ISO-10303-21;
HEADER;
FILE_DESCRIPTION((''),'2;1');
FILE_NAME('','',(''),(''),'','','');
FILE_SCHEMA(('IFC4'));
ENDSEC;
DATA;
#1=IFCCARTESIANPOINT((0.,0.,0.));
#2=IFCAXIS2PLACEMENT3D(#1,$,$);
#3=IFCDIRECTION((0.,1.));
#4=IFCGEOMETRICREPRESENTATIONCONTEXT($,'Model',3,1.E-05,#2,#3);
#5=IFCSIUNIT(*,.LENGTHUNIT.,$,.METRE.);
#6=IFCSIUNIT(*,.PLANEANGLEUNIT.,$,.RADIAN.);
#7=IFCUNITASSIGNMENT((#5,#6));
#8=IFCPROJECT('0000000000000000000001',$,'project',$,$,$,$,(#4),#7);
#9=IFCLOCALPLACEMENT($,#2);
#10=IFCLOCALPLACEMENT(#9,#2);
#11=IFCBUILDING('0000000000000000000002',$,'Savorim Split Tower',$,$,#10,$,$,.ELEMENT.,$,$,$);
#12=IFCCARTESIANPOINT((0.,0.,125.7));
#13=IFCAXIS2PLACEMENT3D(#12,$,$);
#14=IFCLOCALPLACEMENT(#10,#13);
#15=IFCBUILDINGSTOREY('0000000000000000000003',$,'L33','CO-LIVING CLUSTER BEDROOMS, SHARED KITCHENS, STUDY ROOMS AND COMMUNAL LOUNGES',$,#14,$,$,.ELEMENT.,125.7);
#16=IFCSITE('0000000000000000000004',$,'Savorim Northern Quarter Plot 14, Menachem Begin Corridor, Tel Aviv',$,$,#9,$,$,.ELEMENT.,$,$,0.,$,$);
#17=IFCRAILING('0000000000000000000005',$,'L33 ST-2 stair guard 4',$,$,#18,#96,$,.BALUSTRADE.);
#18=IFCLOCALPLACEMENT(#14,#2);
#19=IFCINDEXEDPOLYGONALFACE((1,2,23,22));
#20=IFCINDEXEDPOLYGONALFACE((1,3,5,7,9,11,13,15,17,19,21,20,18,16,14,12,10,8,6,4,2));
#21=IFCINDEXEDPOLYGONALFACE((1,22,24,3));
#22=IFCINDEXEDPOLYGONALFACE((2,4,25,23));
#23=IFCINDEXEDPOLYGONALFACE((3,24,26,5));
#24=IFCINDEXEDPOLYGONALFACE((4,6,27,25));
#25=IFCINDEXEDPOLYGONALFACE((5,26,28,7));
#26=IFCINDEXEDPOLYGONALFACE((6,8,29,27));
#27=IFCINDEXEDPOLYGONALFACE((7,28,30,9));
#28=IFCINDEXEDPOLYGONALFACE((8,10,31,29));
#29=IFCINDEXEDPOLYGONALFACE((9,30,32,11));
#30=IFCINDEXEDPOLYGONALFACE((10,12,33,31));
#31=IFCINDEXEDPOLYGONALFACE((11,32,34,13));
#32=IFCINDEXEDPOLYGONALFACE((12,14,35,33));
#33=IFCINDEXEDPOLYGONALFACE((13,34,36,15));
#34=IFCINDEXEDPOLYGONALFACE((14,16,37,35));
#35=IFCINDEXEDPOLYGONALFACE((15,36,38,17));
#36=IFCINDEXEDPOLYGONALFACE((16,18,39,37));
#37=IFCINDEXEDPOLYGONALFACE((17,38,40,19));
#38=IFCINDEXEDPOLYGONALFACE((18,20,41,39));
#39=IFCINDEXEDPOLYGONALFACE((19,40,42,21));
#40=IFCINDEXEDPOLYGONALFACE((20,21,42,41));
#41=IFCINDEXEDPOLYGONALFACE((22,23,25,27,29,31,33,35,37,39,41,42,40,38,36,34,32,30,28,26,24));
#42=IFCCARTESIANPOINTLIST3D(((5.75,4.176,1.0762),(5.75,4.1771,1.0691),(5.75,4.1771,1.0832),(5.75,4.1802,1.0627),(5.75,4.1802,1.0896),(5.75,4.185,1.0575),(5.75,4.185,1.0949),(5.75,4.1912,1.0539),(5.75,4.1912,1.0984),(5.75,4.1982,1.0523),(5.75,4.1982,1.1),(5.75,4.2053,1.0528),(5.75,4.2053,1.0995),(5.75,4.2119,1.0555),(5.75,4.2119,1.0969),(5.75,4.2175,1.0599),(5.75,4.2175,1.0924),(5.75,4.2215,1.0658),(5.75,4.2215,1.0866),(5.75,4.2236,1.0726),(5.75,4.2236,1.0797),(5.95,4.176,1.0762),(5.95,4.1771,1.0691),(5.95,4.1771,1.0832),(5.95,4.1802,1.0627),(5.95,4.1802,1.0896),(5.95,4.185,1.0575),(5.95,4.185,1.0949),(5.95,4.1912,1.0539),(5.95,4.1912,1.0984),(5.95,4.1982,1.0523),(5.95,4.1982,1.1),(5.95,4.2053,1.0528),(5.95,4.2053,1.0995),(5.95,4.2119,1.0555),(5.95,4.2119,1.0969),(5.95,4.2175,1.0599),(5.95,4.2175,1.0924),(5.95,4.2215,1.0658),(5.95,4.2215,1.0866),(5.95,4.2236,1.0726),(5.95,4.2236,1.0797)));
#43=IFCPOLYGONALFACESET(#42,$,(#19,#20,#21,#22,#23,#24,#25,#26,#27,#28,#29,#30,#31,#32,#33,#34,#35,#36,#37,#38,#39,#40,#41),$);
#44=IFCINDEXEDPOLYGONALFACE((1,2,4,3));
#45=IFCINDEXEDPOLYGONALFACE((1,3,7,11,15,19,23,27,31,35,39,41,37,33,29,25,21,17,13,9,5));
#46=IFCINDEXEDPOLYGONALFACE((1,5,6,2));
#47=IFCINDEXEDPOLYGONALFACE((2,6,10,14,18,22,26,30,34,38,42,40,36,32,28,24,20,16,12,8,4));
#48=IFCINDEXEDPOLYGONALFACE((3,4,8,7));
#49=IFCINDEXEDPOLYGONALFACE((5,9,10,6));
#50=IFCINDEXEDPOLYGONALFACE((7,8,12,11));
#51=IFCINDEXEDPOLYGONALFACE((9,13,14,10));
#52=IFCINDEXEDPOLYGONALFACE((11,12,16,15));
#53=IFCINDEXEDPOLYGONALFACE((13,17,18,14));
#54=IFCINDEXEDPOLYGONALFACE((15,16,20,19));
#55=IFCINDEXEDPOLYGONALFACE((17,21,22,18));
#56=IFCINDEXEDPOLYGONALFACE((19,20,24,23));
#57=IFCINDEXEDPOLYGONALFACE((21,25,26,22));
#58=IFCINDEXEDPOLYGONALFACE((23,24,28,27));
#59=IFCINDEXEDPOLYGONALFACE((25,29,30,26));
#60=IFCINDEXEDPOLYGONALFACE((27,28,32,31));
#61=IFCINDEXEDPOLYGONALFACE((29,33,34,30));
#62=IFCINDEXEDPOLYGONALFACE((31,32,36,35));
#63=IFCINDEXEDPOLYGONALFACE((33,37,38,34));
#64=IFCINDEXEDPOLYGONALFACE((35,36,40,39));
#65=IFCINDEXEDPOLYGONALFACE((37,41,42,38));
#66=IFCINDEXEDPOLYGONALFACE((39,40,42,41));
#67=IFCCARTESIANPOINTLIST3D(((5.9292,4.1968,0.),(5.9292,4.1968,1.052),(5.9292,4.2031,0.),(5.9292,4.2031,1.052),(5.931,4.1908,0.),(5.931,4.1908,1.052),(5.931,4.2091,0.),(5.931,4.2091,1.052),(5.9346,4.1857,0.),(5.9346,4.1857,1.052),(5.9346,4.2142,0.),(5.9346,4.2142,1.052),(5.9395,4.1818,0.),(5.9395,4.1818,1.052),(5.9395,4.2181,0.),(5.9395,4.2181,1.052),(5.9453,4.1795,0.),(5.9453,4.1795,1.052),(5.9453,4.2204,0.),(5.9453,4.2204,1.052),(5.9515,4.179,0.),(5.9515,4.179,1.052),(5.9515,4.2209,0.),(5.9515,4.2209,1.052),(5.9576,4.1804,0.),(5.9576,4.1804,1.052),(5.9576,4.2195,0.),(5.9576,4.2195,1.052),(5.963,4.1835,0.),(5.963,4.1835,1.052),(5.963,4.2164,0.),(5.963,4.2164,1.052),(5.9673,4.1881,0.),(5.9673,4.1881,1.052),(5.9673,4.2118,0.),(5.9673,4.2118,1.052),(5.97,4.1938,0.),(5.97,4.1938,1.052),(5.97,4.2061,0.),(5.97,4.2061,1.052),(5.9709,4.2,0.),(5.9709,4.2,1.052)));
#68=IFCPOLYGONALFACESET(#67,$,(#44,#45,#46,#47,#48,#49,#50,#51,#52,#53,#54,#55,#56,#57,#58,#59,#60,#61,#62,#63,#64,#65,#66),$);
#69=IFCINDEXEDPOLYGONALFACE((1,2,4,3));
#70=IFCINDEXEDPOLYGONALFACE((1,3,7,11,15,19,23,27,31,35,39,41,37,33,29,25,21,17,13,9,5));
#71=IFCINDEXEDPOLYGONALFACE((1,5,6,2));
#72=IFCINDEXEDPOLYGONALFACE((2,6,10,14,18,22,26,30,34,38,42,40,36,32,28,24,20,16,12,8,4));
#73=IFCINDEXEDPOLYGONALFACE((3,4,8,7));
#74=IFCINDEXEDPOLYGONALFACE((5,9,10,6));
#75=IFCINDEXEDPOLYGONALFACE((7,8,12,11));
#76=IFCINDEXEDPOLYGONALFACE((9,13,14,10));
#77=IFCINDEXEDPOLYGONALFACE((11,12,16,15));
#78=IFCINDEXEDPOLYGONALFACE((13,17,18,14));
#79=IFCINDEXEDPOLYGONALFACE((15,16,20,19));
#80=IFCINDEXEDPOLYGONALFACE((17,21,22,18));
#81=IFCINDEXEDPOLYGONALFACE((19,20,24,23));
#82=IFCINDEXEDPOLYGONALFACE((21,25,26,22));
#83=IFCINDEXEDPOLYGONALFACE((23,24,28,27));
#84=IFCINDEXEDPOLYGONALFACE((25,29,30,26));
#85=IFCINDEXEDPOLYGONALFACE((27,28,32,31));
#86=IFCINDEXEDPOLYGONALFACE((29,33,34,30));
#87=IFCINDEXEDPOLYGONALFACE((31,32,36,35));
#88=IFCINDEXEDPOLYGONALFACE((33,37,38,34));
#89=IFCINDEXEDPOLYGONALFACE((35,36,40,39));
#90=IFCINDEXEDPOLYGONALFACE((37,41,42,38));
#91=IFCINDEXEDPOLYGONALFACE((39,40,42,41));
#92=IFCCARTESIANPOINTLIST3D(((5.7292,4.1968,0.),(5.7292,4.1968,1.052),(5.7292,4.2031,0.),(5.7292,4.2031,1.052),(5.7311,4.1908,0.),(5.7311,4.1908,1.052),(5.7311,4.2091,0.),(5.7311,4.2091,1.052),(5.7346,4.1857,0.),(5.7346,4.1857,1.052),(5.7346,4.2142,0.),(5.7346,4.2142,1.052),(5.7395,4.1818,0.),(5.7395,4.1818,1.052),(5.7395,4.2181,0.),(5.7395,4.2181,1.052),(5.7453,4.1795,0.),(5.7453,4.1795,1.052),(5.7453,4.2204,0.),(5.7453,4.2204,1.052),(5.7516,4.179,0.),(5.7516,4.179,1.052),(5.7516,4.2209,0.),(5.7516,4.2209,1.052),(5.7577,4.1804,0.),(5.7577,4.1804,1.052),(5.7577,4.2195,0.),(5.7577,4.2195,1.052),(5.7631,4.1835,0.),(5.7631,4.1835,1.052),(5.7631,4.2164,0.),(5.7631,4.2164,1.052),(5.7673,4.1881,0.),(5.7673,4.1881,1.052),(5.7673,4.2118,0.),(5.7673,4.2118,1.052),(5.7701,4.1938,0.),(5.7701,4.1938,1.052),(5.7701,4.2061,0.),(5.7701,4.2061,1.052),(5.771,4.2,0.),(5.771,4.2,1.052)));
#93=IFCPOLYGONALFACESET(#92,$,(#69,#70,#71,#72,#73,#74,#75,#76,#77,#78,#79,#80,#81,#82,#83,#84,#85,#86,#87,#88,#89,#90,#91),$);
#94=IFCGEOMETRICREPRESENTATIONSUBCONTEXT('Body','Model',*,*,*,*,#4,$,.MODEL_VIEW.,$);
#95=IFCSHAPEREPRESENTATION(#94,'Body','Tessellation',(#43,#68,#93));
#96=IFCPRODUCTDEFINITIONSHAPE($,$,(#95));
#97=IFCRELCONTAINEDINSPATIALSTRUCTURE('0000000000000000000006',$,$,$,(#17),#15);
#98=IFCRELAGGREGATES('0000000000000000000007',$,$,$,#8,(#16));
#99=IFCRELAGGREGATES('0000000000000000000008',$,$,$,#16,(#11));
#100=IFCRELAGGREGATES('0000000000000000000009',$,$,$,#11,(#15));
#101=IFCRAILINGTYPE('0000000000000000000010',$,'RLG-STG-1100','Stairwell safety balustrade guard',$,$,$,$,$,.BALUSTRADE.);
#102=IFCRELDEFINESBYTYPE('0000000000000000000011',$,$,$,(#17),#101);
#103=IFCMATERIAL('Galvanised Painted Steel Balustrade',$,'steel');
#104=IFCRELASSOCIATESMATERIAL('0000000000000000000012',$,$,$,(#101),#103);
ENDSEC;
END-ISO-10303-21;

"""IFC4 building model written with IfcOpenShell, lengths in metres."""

from ifc_helpers import new_model, si_unit, direction, frame, origin, origin_2d, place, context, subcontext, project, spatial, circle, extrude, material, type_object, element, save


model = new_model("IFC4")

# Units and contexts
model_context = context("Model", 3, precision=1e-05, world=origin(), true_north=direction((0.0, 1.0)))
body_context = subcontext(model_context, "Body", "Model", "MODEL_VIEW")
ifc_project = project(units=[si_unit("LENGTHUNIT", "METRE"), si_unit("PLANEANGLEUNIT", "RADIAN")], contexts=[model_context])

# Site, building, storey
site_placement = place(None, origin())
site = spatial("IfcSite", under=ifc_project, at=site_placement, Name="Savorim Northern Quarter Plot 14, Menachem Begin Corridor, Tel Aviv", CompositionType="ELEMENT", RefElevation=0.0)
building_placement = place(site_placement, origin())
building = spatial("IfcBuilding", under=site, at=building_placement, Name="Savorim Split Tower", CompositionType="ELEMENT")
storey_placement = place(building_placement, frame((0.0, 0.0, 125.7)))
storey = spatial("IfcBuildingStorey", under=building, at=storey_placement, Name="L33", Description="CO-LIVING CLUSTER BEDROOMS, SHARED KITCHENS, STUDY ROOMS AND COMMUNAL LOUNGES", CompositionType="ELEMENT", Elevation=125.7)

# Railing
ifc_material_1 = material(Name="Galvanised Painted Steel Balustrade", Category="steel")
railing_type_1 = type_object("IfcRailingType", Name="RLG-STG-1100", Description="Stairwell safety balustrade guard", PredefinedType="BALUSTRADE", material=ifc_material_1)
railing_1_placement = place(storey_placement, frame((5.95, 4.2, 0.0)))
element("IfcRailing", 1, at=railing_1_placement, inside=storey, type_object=railing_type_1, Name="L33 ST-2 stair guard 4", PredefinedType="BALUSTRADE", context=body_context, shape_type="SweptSolid", body=[
    extrude(circle(Radius=0.0239, at=origin_2d()), frame((0.0, 0.0, 1.0762), z_axis=(-1.0, 0.0, 0.0), x_axis=(0.0, -1.0, 0.0)), (0.0, 0.0, 1.0), 0.2),
    extrude(circle(Radius=0.021, at=origin_2d()), origin(), (0.0, 0.0, 1.0), 1.052),
    extrude(circle(Radius=0.021, at=origin_2d()), frame((-0.2, 0.0, 0.0)), (0.0, 0.0, 1.0), 1.052),
])

save(model, "model.ifc")
